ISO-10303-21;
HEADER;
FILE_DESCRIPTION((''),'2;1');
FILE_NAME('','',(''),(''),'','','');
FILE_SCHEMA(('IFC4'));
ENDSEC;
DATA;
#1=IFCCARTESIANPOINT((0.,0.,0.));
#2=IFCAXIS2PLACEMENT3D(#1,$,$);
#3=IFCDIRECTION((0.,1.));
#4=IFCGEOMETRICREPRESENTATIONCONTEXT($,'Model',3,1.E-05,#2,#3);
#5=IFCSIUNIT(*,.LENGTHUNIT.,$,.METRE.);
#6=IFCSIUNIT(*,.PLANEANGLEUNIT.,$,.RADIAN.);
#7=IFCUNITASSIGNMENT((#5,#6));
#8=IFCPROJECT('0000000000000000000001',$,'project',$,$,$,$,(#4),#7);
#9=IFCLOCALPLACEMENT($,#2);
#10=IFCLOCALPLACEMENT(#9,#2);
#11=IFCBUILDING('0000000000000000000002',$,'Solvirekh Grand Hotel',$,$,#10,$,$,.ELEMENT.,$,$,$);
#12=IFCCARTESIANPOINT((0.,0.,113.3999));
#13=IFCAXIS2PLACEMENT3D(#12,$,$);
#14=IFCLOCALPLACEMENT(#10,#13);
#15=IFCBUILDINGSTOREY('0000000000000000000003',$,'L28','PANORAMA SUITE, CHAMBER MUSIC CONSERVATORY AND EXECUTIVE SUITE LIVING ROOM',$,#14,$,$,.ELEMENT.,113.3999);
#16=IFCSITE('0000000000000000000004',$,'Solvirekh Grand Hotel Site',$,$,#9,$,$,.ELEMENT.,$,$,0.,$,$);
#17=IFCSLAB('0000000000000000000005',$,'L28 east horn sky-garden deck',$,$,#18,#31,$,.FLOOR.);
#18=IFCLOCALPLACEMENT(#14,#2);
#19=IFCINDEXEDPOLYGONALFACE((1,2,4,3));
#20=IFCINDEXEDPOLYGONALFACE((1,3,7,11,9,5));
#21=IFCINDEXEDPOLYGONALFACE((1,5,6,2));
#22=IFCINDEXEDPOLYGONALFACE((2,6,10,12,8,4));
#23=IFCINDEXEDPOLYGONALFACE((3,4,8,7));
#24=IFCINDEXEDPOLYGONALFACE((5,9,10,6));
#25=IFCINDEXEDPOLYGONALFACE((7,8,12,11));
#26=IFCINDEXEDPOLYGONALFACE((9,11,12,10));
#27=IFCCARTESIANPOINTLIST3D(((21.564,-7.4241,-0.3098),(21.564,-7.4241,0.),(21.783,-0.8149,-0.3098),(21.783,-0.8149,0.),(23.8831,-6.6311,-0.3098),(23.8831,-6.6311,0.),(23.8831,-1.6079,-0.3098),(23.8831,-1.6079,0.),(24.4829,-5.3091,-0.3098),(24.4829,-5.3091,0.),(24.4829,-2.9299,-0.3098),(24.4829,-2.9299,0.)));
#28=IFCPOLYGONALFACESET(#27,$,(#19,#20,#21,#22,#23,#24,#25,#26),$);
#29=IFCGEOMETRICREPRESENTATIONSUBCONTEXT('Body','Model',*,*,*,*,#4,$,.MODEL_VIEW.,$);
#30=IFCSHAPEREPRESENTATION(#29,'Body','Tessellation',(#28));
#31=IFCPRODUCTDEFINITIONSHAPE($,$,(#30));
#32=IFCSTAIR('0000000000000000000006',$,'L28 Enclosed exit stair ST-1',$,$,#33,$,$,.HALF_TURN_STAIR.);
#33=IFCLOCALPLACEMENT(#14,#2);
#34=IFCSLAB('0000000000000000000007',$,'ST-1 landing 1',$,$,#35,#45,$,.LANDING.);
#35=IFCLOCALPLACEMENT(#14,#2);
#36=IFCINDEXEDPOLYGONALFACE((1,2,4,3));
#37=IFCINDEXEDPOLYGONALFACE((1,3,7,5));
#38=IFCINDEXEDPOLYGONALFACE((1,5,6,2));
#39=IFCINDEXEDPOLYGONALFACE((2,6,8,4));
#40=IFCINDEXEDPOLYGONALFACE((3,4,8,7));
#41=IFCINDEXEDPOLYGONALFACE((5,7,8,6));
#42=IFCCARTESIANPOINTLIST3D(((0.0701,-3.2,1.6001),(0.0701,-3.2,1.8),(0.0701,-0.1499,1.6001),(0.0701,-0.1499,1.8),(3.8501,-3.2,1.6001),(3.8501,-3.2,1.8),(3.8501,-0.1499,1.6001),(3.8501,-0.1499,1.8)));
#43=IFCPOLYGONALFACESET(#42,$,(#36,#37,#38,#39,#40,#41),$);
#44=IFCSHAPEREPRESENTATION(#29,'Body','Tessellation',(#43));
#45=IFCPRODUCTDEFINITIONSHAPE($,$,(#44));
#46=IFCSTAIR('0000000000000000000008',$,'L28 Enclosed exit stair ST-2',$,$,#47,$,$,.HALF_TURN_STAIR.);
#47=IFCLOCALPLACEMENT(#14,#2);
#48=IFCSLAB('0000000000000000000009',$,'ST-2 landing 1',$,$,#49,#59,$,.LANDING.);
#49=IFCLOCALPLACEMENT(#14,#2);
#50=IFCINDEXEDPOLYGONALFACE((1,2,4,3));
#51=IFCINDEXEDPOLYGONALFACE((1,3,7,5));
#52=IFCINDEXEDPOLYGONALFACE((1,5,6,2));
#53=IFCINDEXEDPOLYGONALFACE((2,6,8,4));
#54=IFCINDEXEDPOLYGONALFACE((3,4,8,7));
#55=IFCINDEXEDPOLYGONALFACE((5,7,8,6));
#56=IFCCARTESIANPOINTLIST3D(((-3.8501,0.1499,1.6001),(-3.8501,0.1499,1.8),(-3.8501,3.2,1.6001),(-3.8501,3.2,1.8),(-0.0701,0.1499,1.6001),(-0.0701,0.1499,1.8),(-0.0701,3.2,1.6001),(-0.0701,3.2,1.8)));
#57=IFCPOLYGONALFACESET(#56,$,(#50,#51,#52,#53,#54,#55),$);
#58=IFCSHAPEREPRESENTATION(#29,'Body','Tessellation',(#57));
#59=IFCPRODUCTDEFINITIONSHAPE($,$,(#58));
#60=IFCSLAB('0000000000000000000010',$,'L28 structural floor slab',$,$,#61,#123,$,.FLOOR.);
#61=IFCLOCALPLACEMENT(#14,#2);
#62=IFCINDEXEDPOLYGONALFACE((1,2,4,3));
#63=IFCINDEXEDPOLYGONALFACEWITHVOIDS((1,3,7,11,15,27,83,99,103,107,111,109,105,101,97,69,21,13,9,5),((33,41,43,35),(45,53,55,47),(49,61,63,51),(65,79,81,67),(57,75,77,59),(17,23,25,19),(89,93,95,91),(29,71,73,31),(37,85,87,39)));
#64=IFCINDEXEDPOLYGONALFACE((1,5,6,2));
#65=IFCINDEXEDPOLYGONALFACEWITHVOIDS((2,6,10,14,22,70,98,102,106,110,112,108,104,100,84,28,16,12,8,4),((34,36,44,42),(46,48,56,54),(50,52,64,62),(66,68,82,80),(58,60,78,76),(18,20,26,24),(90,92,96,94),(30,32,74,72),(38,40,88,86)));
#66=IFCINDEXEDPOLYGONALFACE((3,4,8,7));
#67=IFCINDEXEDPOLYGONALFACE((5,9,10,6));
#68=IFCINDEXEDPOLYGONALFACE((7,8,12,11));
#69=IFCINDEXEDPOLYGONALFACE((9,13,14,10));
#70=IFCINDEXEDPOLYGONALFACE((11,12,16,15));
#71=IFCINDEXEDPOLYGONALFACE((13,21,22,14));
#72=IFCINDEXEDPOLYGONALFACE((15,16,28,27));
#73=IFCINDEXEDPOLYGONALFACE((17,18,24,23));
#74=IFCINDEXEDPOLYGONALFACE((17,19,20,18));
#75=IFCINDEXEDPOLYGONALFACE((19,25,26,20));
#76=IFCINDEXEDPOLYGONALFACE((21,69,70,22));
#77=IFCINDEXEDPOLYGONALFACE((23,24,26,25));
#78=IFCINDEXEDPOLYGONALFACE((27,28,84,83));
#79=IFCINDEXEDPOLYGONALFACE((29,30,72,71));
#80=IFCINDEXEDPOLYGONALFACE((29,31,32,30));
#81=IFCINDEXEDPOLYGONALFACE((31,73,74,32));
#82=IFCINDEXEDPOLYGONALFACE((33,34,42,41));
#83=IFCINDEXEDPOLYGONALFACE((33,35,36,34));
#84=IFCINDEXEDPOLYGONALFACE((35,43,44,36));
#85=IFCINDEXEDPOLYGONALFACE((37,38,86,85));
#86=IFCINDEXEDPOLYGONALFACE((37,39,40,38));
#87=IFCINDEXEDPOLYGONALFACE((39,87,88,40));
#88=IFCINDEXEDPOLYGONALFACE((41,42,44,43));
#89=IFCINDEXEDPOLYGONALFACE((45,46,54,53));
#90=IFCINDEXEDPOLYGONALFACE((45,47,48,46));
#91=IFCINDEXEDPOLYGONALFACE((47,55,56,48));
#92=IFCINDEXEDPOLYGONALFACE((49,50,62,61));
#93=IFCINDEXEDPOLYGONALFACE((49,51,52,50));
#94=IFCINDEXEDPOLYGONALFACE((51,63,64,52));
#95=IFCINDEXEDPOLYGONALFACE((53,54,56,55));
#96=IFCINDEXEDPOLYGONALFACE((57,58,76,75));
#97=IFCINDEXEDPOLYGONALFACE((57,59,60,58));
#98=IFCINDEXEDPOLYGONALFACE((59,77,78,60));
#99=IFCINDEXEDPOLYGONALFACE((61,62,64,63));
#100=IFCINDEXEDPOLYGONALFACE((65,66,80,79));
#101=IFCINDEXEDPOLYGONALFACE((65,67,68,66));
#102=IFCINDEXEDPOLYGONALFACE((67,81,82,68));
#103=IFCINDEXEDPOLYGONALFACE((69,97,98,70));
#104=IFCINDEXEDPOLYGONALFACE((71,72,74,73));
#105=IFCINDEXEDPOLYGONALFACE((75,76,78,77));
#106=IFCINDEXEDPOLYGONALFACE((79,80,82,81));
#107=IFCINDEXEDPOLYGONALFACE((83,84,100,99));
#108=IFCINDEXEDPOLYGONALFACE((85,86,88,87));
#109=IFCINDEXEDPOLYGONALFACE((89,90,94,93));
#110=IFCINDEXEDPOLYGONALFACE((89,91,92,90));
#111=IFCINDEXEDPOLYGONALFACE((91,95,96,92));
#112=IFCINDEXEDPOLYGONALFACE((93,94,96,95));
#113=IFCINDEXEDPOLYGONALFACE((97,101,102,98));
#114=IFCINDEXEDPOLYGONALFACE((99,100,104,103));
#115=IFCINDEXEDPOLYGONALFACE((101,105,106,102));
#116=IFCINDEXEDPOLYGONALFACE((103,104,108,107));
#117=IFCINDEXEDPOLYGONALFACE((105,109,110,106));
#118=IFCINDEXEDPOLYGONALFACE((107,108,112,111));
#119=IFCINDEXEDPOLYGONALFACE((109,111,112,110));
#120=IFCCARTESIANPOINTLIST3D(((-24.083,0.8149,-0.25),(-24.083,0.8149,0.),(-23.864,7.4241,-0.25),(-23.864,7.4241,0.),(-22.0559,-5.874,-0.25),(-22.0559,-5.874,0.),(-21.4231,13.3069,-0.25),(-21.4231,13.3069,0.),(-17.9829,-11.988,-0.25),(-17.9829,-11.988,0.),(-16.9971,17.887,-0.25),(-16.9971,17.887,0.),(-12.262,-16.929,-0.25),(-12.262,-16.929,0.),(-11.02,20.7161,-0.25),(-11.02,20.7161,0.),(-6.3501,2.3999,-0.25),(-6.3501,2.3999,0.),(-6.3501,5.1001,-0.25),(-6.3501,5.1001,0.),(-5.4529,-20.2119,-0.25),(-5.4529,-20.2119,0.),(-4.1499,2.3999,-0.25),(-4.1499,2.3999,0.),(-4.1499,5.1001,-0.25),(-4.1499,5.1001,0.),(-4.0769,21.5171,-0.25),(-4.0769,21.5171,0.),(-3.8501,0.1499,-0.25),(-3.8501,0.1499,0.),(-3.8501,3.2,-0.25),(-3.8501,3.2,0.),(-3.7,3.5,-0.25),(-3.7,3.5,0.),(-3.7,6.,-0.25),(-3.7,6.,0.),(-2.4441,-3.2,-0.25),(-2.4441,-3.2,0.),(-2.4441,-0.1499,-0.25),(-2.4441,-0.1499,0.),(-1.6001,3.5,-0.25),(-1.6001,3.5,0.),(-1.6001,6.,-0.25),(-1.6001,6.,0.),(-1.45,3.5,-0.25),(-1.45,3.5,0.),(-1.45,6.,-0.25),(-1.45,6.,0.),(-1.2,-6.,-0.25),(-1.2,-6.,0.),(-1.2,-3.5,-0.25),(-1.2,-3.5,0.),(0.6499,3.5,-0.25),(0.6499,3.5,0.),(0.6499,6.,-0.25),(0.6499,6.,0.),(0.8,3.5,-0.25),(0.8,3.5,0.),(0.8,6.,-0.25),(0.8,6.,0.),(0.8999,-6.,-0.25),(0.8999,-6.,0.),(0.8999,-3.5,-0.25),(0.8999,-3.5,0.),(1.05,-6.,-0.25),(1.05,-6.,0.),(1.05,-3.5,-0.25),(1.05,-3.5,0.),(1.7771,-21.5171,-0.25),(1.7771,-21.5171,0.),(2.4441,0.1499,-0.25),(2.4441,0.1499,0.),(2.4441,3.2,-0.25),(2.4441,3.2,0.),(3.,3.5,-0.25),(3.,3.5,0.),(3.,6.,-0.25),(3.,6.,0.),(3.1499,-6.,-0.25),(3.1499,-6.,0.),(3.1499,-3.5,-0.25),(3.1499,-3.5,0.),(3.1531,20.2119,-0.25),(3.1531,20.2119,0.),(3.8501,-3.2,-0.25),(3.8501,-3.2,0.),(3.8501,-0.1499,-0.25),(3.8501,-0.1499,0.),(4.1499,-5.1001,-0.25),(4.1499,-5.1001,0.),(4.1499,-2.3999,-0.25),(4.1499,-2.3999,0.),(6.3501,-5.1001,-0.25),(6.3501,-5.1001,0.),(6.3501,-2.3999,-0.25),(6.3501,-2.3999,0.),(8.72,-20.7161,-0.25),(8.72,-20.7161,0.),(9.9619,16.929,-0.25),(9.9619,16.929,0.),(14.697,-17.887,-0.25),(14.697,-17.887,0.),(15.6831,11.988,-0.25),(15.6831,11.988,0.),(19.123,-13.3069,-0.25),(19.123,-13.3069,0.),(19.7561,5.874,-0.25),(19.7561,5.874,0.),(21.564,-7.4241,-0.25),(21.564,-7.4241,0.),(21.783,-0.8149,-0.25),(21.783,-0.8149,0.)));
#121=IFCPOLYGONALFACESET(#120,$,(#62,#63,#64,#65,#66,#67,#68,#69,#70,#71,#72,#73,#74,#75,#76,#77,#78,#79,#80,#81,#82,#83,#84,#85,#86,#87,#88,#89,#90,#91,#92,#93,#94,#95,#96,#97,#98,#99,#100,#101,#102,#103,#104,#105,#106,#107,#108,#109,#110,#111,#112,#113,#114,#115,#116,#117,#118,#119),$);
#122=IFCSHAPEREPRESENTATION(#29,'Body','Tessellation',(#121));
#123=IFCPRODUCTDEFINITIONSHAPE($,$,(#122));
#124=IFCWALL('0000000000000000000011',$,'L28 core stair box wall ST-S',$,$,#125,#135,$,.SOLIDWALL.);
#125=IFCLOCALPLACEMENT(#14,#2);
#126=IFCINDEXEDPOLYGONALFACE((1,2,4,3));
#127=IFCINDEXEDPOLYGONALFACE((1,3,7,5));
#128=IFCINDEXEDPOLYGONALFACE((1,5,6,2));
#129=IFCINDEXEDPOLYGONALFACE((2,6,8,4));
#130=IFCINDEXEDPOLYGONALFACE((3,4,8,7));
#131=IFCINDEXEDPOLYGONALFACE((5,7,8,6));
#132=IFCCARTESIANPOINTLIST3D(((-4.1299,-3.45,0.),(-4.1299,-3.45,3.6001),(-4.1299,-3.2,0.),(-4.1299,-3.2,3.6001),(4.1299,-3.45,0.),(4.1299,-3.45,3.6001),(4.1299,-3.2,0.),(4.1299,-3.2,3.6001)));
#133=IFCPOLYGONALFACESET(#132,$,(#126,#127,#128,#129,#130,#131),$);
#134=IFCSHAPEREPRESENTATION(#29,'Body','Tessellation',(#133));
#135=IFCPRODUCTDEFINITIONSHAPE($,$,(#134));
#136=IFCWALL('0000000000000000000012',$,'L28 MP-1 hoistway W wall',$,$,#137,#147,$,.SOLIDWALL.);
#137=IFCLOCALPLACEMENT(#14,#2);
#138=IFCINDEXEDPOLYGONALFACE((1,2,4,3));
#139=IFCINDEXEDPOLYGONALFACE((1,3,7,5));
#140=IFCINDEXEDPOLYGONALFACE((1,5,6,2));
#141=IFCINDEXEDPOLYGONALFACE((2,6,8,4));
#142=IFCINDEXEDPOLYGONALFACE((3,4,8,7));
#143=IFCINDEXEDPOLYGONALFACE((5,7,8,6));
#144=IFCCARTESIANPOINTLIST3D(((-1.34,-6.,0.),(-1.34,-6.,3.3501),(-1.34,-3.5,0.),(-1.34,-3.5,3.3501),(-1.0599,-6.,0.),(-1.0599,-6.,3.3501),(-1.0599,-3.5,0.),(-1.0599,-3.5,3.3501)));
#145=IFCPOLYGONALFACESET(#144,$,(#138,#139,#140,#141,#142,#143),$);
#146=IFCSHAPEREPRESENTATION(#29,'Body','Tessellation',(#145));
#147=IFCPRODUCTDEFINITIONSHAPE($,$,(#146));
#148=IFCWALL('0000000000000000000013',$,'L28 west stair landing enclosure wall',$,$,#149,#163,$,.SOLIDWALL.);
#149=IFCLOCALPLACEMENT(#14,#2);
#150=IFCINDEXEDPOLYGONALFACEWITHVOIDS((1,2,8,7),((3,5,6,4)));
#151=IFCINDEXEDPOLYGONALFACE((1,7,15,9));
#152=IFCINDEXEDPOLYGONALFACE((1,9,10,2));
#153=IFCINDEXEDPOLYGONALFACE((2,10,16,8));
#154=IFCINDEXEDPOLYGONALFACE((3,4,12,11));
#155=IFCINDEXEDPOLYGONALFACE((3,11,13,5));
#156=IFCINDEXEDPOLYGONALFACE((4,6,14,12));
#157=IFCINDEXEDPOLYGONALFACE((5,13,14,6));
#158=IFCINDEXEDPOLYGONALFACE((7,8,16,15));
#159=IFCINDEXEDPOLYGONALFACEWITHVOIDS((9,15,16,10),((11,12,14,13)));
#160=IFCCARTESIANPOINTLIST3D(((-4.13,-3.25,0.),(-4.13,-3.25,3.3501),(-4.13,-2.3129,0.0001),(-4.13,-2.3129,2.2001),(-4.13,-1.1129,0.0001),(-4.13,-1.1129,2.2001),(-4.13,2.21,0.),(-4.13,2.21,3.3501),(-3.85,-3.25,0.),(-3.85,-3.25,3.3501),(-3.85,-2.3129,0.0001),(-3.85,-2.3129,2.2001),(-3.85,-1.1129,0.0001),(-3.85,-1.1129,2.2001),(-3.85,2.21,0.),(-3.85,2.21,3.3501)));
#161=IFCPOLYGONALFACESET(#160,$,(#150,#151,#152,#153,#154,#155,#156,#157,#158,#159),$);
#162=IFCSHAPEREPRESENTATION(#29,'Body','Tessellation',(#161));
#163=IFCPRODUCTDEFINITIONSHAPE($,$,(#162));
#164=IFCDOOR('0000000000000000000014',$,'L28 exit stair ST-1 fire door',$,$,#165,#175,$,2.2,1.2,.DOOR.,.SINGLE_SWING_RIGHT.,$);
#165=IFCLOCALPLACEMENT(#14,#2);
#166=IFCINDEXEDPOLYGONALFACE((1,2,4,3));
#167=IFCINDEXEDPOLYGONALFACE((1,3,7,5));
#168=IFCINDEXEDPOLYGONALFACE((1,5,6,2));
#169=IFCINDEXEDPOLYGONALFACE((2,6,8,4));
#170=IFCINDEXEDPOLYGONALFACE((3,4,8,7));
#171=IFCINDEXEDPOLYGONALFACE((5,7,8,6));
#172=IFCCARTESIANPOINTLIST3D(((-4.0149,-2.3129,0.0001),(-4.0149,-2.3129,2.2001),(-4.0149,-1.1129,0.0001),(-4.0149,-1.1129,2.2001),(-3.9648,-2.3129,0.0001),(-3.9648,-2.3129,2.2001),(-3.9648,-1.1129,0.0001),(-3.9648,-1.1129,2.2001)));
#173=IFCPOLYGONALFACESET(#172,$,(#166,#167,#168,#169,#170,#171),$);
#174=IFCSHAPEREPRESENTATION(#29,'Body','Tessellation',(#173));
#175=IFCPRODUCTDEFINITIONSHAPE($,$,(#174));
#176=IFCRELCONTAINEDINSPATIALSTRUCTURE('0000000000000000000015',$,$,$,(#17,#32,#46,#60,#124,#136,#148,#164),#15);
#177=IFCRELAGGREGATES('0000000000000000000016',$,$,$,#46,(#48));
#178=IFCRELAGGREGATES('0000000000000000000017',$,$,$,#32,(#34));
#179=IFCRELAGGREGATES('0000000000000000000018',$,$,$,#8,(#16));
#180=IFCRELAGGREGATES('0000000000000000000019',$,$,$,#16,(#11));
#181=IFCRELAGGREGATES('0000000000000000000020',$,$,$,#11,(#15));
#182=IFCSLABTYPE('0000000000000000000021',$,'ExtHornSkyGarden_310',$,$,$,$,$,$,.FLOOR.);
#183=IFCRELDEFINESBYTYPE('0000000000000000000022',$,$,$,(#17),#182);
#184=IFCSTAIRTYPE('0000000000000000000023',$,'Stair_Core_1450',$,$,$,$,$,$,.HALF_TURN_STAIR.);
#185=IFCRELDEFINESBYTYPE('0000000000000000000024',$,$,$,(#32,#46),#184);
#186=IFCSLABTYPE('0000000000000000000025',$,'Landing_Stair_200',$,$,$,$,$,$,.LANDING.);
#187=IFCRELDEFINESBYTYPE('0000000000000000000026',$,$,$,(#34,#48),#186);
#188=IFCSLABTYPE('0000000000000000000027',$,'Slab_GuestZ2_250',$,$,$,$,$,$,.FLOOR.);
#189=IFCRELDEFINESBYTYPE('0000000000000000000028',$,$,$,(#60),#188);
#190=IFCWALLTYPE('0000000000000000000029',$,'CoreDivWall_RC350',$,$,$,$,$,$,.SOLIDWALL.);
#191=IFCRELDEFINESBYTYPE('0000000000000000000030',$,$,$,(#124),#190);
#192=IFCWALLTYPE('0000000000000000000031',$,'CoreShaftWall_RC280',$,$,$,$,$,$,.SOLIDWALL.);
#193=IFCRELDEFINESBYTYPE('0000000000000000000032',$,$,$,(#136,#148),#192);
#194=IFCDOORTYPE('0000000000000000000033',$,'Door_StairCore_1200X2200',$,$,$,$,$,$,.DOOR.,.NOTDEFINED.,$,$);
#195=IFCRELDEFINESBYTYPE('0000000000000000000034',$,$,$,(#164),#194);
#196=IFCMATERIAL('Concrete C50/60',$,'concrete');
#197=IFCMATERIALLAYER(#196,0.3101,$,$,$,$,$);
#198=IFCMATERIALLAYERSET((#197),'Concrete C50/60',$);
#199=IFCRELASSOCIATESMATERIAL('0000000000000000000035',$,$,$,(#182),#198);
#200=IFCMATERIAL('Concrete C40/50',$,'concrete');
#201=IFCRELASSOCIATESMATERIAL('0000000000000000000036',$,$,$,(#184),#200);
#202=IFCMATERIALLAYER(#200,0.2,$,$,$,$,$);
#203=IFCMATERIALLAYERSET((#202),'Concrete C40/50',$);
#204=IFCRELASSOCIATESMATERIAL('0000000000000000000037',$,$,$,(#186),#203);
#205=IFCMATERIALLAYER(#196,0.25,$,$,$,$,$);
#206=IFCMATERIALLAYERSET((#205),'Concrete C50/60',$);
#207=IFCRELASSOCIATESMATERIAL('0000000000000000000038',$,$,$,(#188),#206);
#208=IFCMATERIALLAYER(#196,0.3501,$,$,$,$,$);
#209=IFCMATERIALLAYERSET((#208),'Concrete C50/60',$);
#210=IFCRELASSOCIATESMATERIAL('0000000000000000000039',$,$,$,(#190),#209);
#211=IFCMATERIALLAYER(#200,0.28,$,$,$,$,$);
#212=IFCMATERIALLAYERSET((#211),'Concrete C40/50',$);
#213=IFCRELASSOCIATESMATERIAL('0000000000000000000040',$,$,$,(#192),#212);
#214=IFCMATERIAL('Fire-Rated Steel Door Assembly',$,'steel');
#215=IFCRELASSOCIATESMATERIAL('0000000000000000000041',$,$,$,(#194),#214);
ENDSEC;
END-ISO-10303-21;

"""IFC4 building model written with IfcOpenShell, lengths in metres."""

from ifc_helpers import new_model, si_unit, direction, frame, frame_2d, origin, place, context, subcontext, project, spatial, polyline, rectangle, outline, extrude, material, layer, layer_set, type_object, element, fill, aggregate, save


model = new_model("IFC4")

# Units and contexts
model_context = context("Model", 3, precision=1e-05, world=origin(), true_north=direction((0.0, 1.0)))
body_context = subcontext(model_context, "Body", "Model", "MODEL_VIEW")
ifc_project = project(units=[si_unit("LENGTHUNIT", "METRE"), si_unit("PLANEANGLEUNIT", "RADIAN")], contexts=[model_context])

# Site, building, storey
site_placement = place(None, origin())
site = spatial("IfcSite", under=ifc_project, at=site_placement, Name="Solvirekh Grand Hotel Site", CompositionType="ELEMENT", RefElevation=0.0)
building_placement = place(site_placement, origin())
building = spatial("IfcBuilding", under=site, at=building_placement, Name="Solvirekh Grand Hotel", CompositionType="ELEMENT")
storey_placement = place(building_placement, frame((0.0, 0.0, 113.3999)))
storey = spatial("IfcBuildingStorey", under=building, at=storey_placement, Name="L28", Description="PANORAMA SUITE, CHAMBER MUSIC CONSERVATORY AND EXECUTIVE SUITE LIVING ROOM", CompositionType="ELEMENT", Elevation=113.3999)

# Slab
ifc_material_1 = material(Name="Concrete C50/60", Category="concrete")
ifc_layer_1 = layer(ifc_material_1, 0.3101)
ifc_layer_set_1 = layer_set([ifc_layer_1], Name="Concrete C50/60")
slab_type_1 = type_object("IfcSlabType", Name="ExtHornSkyGarden_310", PredefinedType="FLOOR", material=ifc_layer_set_1)
slab_1_placement = place(storey_placement, frame((0.0, 0.0, -0.3098)))
element("IfcSlab", 1, at=slab_1_placement, inside=storey, type_object=slab_type_1, Name="L28 east horn sky-garden deck", PredefinedType="FLOOR", context=body_context, shape_type="SweptSolid", body=[
    extrude(outline(polyline([(21.783, -0.8149), (21.564, -7.4241), (23.8831, -6.6311), (24.4829, -5.3091), (24.4829, -2.9299), (23.8831, -1.6079), (21.783, -0.8149)])), origin(), (0.0, 0.0, 1.0), 0.3098),
])

# Stairs, slabs
ifc_material_2 = material(Name="Concrete C40/50", Category="concrete")
stair_type = type_object("IfcStairType", Name="Stair_Core_1450", PredefinedType="HALF_TURN_STAIR", material=ifc_material_2)
stair_1_placement = place(storey_placement, origin())
stair_1 = element("IfcStair", 2, at=stair_1_placement, inside=storey, type_object=stair_type, Name="L28 Enclosed exit stair ST-1", PredefinedType="HALF_TURN_STAIR")
ifc_layer_2 = layer(ifc_material_2, 0.2)
ifc_layer_set_2 = layer_set([ifc_layer_2], Name="Concrete C40/50")
slab_type_2 = type_object("IfcSlabType", Name="Landing_Stair_200", PredefinedType="LANDING", material=ifc_layer_set_2)
slab_2_placement = place(storey_placement, frame((0.0, 0.0, 1.6001)))
slab_2 = element("IfcSlab", 3, at=slab_2_placement, type_object=slab_type_2, Name="ST-1 landing 1", PredefinedType="LANDING", context=body_context, shape_type="SweptSolid", body=[
    extrude(outline(polyline([(0.0701, -3.2), (3.8501, -3.2), (3.8501, -0.1499), (0.0701, -0.1499), (0.0701, -3.2)])), origin(), (0.0, 0.0, 1.0), 0.2),
])
stair_2_placement = place(storey_placement, origin())
stair_2 = element("IfcStair", 4, at=stair_2_placement, inside=storey, type_object=stair_type, Name="L28 Enclosed exit stair ST-2", PredefinedType="HALF_TURN_STAIR")
slab_3_placement = place(storey_placement, frame((0.0, 0.0, 1.6001)))
slab_3 = element("IfcSlab", 5, at=slab_3_placement, type_object=slab_type_2, Name="ST-2 landing 1", PredefinedType="LANDING", context=body_context, shape_type="SweptSolid", body=[
    extrude(outline(polyline([(-0.0701, 3.2), (-3.8501, 3.2), (-3.8501, 0.1499), (-0.0701, 0.1499), (-0.0701, 3.2)])), origin(), (0.0, 0.0, 1.0), 0.2),
])
aggregate(stair_2, [slab_3])

# Slab
ifc_layer_3 = layer(ifc_material_1, 0.25)
ifc_layer_set_3 = layer_set([ifc_layer_3], Name="Concrete C50/60")
slab_type_3 = type_object("IfcSlabType", Name="Slab_GuestZ2_250", PredefinedType="FLOOR", material=ifc_layer_set_3)
slab_4_placement = place(storey_placement, frame((0.0, 0.0, -0.25)))
element("IfcSlab", 6, at=slab_4_placement, inside=storey, type_object=slab_type_3, Name="L28 structural floor slab", PredefinedType="FLOOR", context=body_context, shape_type="SweptSolid", body=[
    extrude(outline(polyline([(19.123, -13.3069), (21.564, -7.4241), (21.783, -0.8149), (19.7561, 5.874), (15.6831, 11.988), (9.9619, 16.929), (3.1531, 20.2119), (-4.0769, 21.5171), (-11.02, 20.7161), (-16.9971, 17.887), (-21.4231, 13.3069), (-23.864, 7.4241), (-24.083, 0.8149), (-22.0559, -5.874), (-17.9829, -11.988), (-12.262, -16.929), (-5.4529, -20.2119), (1.7771, -21.5171), (8.72, -20.7161), (14.697, -17.887), (19.123, -13.3069)]), holes=[polyline([(-2.4441, -0.1499), (3.8501, -0.1499), (3.8501, -3.2), (-2.4441, -3.2), (-2.4441, -0.1499)]), polyline([(2.4441, 0.1499), (-3.8501, 0.1499), (-3.8501, 3.2), (2.4441, 3.2), (2.4441, 0.1499)]), polyline([(-1.2, -3.5), (0.8999, -3.5), (0.8999, -6.0), (-1.2, -6.0), (-1.2, -3.5)]), polyline([(1.05, -3.5), (3.1499, -3.5), (3.1499, -6.0), (1.05, -6.0), (1.05, -3.5)]), polyline([(-3.7, 6.0), (-1.6001, 6.0), (-1.6001, 3.5), (-3.7, 3.5), (-3.7, 6.0)]), polyline([(-1.45, 6.0), (0.6499, 6.0), (0.6499, 3.5), (-1.45, 3.5), (-1.45, 6.0)]), polyline([(0.8, 6.0), (3.0, 6.0), (3.0, 3.5), (0.8, 3.5), (0.8, 6.0)]), polyline([(-6.3501, 5.1001), (-4.1499, 5.1001), (-4.1499, 2.3999), (-6.3501, 2.3999), (-6.3501, 5.1001)]), polyline([(4.1499, -2.3999), (6.3501, -2.3999), (6.3501, -5.1001), (4.1499, -5.1001), (4.1499, -2.3999)])]), origin(), (0.0, 0.0, 1.0), 0.25),
])

# Walls
ifc_layer_4 = layer(ifc_material_1, 0.3501)
ifc_layer_set_4 = layer_set([ifc_layer_4], Name="Concrete C50/60")
wall_type_1 = type_object("IfcWallType", Name="CoreDivWall_RC350", PredefinedType="SOLIDWALL", material=ifc_layer_set_4)
wall_1_placement = place(storey_placement, frame((-4.1299, -3.325, 0.0), z_axis=(0.0, 0.0, 1.0), x_axis=(1.0, 0.0, 0.0)))
element("IfcWall", 7, at=wall_1_placement, inside=storey, type_object=wall_type_1, Name="L28 core stair box wall ST-S", PredefinedType="SOLIDWALL", context=body_context, shape_type="SweptSolid", body=[
    extrude(rectangle(XDim=8.2598, YDim=0.25, at=frame_2d((4.1299, 0.0))), origin(), (0.0, 0.0, 1.0), 3.6001),
])
ifc_layer_5 = layer(ifc_material_2, 0.28)
ifc_layer_set_5 = layer_set([ifc_layer_5], Name="Concrete C40/50")
wall_type_2 = type_object("IfcWallType", Name="CoreShaftWall_RC280", PredefinedType="SOLIDWALL", material=ifc_layer_set_5)
wall_2_placement = place(storey_placement, frame((-1.2, -3.5, 0.0), z_axis=(0.0, 0.0, 1.0), x_axis=(0.0, -1.0, 0.0)))
element("IfcWall", 8, at=wall_2_placement, inside=storey, type_object=wall_type_2, Name="L28 MP-1 hoistway W wall", PredefinedType="SOLIDWALL", context=body_context, shape_type="SweptSolid", body=[
    extrude(rectangle(XDim=2.5, YDim=0.28, at=frame_2d((1.25, 0.0))), origin(), (0.0, 0.0, 1.0), 3.3501),
])

# Wall, opening, door
wall_3_placement = place(storey_placement, frame((-3.99, -3.25, 0.0), z_axis=(0.0, 0.0, 1.0), x_axis=(0.0, 1.0, 0.0)))
wall_3 = element("IfcWall", 9, at=wall_3_placement, inside=storey, type_object=wall_type_2, Name="L28 west stair landing enclosure wall", PredefinedType="SOLIDWALL", context=body_context, shape_type="SweptSolid", body=[
    extrude(rectangle(XDim=5.46, YDim=0.28, at=frame_2d((2.73, 0.0))), origin(), (0.0, 0.0, 1.0), 3.3501),
])
opening_1_placement = place(wall_3_placement, frame((0.937, 0.0, 0.0)))
opening_1 = element("IfcOpeningElement", 10, at=opening_1_placement, cuts=wall_3, PredefinedType="OPENING", context=body_context, shape_type="SweptSolid", body=[
    extrude(rectangle(XDim=1.2, YDim=2.2, at=frame_2d((0.6001, 1.1001))), frame((0.0, 0.1499, 0.0), z_axis=(0.0, -1.0, 0.0), x_axis=(1.0, 0.0, 0.0)), (0.0, 0.0, 1.0), 0.3),
])
ifc_material_3 = material(Name="Fire-Rated Steel Door Assembly", Category="steel")
door_type_1 = type_object("IfcDoorType", Name="Door_StairCore_1200X2200", OperationType="NOTDEFINED", PredefinedType="DOOR", material=ifc_material_3)
door_1_placement = place(opening_1_placement, origin())
door_1 = element("IfcDoor", 11, at=door_1_placement, inside=storey, type_object=door_type_1, Name="L28 exit stair ST-1 fire door", OperationType="SINGLE_SWING_RIGHT", OverallHeight=2.2, OverallWidth=1.2, PredefinedType="DOOR", context=body_context, shape_type="SweptSolid", body=[
    extrude(rectangle(XDim=1.2, YDim=2.2, at=frame_2d((0.6001, 1.1001))), frame((0.0, 0.0249, 0.0), z_axis=(0.0, -1.0, 0.0), x_axis=(1.0, 0.0, 0.0)), (0.0, 0.0, 1.0), 0.05),
])
fill(opening_1, door_1)

aggregate(stair_1, [slab_2])

save(model, "model.ifc")
